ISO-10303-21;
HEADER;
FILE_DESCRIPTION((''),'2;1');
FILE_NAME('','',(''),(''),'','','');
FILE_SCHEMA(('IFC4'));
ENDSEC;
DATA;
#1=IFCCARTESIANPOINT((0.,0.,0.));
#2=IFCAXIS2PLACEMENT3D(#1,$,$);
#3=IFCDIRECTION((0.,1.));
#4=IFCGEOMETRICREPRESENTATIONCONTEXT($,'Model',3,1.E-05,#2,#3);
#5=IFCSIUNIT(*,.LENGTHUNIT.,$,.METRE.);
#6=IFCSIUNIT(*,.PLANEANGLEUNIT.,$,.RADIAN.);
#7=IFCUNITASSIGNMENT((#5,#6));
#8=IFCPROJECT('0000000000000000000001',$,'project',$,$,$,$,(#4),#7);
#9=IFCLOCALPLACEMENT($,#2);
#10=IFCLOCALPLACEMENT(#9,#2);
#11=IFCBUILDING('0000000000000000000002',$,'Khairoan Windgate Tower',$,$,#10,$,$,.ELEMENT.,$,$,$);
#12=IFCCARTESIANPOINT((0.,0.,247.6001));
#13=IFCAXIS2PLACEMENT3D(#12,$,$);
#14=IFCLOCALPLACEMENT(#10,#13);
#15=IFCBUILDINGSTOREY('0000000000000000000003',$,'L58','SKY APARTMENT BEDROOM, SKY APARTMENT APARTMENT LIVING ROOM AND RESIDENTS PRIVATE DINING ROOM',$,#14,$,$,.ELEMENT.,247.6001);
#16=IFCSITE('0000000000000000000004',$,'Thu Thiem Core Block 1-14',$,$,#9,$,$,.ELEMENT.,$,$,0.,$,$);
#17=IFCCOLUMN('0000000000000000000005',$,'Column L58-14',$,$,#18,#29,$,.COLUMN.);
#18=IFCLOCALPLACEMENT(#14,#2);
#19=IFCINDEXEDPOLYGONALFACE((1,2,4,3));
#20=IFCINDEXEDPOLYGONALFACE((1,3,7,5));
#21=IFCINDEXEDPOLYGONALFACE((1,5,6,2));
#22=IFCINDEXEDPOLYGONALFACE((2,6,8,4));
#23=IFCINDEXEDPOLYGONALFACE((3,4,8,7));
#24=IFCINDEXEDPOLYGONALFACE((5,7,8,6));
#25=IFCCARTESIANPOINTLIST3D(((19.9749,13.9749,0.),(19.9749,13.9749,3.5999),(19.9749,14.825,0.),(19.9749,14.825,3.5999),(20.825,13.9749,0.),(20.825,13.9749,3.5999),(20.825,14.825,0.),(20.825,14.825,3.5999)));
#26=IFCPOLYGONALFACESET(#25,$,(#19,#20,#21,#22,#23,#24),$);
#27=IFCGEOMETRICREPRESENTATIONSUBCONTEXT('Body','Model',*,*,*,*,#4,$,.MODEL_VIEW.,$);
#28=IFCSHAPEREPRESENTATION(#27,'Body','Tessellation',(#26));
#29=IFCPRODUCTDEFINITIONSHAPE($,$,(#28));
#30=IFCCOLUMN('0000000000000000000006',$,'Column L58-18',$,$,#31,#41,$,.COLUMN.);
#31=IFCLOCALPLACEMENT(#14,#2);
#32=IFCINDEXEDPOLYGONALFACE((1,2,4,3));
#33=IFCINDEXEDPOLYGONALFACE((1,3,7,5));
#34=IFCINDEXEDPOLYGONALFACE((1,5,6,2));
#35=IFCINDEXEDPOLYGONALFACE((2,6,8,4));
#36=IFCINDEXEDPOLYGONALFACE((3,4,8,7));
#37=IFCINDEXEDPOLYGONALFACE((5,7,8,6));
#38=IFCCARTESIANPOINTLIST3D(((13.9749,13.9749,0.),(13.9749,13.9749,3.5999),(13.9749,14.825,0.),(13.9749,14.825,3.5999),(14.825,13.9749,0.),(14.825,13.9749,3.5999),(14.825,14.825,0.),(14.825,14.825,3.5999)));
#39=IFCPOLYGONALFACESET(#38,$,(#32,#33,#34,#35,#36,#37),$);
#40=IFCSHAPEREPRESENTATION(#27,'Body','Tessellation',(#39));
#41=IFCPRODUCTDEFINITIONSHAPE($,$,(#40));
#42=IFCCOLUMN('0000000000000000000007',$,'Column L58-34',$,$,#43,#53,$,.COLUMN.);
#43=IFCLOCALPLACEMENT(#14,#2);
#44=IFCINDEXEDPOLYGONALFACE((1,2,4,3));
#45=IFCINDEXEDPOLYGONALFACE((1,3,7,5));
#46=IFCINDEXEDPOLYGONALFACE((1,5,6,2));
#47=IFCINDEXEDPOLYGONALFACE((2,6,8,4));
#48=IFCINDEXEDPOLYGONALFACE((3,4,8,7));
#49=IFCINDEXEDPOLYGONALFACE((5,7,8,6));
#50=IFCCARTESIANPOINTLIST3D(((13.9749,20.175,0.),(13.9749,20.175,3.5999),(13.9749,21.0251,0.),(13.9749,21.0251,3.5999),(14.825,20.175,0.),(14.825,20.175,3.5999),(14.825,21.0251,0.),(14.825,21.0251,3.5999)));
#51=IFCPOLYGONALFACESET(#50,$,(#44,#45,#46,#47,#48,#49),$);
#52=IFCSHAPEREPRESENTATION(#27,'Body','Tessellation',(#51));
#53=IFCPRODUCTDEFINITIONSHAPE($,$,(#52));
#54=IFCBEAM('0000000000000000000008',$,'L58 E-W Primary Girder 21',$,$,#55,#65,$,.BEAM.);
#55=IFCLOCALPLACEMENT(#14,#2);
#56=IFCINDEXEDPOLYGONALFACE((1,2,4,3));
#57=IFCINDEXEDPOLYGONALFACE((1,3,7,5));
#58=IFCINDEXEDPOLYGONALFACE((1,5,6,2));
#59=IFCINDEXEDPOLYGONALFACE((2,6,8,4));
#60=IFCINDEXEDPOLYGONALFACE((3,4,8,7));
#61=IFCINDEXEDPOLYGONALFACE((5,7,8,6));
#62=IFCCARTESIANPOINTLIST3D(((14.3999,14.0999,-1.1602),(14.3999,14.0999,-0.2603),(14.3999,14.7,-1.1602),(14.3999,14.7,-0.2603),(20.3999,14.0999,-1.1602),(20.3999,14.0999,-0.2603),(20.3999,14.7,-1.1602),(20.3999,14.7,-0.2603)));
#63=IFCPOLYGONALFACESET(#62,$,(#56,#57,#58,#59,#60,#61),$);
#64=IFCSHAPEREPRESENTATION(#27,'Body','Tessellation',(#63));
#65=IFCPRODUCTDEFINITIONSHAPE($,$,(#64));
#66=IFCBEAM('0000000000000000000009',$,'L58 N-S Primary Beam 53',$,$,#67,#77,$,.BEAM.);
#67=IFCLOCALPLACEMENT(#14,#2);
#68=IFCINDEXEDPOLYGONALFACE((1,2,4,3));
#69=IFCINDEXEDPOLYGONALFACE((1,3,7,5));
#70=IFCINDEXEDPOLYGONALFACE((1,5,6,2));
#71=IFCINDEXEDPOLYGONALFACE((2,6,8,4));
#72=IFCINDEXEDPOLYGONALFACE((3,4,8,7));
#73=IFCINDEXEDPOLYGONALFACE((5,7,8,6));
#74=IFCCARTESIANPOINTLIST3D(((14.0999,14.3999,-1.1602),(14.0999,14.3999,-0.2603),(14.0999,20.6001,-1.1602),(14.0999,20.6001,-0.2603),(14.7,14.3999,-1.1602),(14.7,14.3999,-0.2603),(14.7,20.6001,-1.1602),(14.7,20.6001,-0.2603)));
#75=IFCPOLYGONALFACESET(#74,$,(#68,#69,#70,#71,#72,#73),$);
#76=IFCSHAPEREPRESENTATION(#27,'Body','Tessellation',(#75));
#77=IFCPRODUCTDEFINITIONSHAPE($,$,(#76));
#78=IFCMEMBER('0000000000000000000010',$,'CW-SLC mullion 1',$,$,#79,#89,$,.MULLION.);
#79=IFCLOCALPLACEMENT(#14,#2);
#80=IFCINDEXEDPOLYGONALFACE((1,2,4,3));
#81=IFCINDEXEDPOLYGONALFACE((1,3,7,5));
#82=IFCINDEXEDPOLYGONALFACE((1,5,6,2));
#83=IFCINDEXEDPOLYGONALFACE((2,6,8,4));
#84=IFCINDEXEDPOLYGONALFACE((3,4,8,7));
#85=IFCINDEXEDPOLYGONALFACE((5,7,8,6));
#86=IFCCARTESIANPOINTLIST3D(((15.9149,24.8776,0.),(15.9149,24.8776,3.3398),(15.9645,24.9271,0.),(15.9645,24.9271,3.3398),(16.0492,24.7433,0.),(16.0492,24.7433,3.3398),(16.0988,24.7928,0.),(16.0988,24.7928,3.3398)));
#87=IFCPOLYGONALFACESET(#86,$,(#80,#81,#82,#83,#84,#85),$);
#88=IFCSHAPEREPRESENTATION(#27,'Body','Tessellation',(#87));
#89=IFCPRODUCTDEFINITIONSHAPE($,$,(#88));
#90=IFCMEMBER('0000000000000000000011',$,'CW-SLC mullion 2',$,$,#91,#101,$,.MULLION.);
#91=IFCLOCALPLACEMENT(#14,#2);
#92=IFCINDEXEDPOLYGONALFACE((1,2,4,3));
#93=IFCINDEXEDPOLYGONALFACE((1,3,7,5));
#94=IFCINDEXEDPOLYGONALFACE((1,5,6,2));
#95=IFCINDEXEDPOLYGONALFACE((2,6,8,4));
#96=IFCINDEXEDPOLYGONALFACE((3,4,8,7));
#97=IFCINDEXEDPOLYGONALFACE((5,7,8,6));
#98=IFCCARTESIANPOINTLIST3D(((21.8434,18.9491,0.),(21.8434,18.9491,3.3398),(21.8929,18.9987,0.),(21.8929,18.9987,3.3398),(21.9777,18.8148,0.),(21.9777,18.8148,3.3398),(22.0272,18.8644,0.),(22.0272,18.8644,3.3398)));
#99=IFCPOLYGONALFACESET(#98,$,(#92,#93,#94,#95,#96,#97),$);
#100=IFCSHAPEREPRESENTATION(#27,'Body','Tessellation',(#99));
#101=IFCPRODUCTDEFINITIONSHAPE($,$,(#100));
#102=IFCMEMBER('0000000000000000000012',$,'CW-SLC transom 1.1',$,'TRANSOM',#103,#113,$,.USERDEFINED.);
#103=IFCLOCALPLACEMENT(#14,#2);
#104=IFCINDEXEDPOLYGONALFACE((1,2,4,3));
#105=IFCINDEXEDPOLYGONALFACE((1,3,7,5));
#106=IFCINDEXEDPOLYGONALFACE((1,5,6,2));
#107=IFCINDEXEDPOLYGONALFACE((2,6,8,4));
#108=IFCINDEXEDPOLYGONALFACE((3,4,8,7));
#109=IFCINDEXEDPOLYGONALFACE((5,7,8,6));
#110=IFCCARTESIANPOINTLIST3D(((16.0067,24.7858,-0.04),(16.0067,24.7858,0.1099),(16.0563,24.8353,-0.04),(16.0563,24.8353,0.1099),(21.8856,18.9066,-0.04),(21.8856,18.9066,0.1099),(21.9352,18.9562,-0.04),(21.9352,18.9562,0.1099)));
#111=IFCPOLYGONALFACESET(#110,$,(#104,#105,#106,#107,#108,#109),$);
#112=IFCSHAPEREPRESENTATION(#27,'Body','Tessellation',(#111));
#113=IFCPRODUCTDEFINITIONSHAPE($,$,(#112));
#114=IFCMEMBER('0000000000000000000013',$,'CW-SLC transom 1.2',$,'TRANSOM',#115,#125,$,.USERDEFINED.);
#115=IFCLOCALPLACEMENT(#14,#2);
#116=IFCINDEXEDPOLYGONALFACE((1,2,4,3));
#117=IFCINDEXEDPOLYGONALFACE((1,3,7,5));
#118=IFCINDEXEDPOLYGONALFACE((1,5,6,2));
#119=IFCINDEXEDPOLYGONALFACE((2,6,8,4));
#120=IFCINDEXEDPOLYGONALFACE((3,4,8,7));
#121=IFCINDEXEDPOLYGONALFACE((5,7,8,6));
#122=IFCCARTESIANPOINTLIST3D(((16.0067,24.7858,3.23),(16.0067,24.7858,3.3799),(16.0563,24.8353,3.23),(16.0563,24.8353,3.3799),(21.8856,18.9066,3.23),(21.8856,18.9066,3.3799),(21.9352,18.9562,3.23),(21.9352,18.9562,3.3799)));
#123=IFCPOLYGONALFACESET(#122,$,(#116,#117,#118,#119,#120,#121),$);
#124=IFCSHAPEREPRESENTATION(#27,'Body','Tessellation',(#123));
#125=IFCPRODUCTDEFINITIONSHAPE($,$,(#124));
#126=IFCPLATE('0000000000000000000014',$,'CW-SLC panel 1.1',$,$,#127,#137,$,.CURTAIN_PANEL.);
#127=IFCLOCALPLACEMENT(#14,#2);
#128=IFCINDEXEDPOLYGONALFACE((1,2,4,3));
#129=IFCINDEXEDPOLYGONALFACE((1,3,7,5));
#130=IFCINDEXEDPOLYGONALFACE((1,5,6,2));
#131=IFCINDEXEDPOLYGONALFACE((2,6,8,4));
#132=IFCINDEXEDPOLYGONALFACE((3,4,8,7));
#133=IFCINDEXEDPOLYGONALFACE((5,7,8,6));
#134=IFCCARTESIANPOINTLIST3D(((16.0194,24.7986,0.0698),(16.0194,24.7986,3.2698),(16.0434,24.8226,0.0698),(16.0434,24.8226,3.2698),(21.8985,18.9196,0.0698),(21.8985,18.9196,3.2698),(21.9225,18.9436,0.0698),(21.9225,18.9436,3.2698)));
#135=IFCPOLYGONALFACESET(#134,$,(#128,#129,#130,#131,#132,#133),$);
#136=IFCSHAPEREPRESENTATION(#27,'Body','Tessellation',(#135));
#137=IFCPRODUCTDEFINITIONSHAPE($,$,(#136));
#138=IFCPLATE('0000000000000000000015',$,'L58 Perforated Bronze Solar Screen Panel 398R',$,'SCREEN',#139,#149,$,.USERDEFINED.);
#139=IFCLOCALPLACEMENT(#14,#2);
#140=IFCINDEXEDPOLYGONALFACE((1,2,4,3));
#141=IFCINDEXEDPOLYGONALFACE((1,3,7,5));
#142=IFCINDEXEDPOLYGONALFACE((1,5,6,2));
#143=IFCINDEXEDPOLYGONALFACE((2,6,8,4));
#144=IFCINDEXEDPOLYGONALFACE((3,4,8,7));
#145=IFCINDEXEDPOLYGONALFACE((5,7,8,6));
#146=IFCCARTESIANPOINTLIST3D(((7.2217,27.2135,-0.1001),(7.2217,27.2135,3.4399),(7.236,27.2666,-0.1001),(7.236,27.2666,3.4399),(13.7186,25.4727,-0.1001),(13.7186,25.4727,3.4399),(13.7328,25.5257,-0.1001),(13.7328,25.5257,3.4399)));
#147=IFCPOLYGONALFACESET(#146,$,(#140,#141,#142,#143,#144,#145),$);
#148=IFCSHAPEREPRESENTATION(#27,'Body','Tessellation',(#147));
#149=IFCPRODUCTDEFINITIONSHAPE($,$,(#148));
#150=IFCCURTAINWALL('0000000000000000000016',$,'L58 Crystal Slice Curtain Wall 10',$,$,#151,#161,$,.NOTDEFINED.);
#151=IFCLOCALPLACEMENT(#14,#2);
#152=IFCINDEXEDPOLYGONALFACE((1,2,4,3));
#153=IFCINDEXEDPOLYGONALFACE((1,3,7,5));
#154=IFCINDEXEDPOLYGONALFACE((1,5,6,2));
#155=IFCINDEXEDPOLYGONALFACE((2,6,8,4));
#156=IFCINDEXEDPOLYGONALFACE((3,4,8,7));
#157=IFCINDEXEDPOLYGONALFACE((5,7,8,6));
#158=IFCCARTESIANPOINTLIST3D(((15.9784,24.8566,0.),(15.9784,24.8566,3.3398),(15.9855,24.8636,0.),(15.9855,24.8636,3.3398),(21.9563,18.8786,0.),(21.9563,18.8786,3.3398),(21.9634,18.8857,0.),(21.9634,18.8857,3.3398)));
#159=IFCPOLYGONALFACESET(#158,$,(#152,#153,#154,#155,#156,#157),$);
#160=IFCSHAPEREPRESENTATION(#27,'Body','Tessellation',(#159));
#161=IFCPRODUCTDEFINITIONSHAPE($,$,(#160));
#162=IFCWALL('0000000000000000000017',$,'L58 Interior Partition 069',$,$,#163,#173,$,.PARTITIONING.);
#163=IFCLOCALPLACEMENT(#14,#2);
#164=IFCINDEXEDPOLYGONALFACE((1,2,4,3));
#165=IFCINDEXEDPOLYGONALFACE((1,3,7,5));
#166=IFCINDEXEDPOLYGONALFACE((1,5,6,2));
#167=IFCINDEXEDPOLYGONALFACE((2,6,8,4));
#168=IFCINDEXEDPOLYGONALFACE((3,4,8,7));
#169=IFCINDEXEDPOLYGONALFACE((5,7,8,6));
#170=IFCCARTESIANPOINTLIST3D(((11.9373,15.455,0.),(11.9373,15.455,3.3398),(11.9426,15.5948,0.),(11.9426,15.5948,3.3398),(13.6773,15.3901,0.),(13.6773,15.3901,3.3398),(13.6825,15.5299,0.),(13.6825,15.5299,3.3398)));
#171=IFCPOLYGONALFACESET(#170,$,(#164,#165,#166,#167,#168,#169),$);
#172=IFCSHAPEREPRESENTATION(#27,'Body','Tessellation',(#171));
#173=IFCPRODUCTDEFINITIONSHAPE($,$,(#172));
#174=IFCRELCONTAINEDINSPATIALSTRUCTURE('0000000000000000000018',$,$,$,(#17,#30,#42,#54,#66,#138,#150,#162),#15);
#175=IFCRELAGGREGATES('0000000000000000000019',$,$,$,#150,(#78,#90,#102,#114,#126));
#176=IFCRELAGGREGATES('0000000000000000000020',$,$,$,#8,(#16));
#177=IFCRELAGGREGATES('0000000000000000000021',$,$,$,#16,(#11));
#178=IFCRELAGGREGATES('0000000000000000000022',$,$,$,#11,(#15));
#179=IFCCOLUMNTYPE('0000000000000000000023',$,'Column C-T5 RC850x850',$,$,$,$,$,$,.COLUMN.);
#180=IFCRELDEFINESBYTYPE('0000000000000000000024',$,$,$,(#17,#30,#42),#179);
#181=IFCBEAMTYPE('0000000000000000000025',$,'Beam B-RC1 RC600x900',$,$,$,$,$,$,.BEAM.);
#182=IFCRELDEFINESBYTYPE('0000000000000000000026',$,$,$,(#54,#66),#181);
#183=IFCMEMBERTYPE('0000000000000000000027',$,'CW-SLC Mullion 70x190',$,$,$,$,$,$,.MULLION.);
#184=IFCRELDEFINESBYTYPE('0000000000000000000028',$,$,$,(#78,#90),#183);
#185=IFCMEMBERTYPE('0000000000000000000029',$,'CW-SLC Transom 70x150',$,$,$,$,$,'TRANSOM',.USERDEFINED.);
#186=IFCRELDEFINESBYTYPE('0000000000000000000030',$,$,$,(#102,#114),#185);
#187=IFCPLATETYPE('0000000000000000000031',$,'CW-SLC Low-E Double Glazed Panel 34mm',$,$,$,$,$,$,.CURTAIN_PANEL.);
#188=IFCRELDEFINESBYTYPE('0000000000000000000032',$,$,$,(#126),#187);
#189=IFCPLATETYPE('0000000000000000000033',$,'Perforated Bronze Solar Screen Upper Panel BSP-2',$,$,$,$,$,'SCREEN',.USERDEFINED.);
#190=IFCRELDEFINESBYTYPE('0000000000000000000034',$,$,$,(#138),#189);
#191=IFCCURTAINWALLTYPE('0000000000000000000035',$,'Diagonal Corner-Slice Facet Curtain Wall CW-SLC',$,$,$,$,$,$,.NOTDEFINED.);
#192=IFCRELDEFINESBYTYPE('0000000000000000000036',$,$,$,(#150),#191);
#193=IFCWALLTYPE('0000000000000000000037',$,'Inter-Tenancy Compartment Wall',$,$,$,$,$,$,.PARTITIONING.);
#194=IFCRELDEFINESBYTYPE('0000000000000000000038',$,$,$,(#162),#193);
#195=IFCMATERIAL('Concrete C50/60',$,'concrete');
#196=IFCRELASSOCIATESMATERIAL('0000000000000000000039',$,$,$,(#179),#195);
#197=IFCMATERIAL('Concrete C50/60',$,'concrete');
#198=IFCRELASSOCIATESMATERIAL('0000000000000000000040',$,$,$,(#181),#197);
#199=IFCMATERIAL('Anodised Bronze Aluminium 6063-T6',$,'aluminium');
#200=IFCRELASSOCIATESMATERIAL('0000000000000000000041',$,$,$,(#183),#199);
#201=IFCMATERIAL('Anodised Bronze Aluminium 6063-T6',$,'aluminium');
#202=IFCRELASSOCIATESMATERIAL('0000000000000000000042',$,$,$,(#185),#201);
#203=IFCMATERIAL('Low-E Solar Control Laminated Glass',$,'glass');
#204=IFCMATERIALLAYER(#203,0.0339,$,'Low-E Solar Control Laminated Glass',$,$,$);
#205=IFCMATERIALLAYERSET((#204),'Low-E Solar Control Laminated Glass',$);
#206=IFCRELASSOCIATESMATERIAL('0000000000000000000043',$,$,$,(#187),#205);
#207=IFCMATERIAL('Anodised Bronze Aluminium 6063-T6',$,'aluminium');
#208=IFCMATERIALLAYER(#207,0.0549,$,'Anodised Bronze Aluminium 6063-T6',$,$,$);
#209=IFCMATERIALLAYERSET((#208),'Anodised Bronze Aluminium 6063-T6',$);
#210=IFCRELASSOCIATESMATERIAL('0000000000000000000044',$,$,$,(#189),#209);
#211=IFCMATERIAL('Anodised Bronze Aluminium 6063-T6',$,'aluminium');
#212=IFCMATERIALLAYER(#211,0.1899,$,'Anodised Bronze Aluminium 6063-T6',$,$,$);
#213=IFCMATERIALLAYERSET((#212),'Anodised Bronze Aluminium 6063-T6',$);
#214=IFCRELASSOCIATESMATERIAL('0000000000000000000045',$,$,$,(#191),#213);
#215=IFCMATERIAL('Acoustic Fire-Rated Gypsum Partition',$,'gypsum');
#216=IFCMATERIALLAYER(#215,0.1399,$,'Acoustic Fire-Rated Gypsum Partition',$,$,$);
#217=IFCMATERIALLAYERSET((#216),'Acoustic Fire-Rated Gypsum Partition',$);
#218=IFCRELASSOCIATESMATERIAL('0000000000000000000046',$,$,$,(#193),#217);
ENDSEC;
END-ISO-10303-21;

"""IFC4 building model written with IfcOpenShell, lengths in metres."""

from ifc_helpers import new_model, si_unit, direction, frame, frame_2d, origin, origin_2d, place, context, subcontext, project, spatial, rectangle, extrude, material, layer, layer_set, material_profile, profile_set, type_object, element, aggregate, save


model = new_model("IFC4")

# Units and contexts
model_context = context("Model", 3, precision=1e-05, world=origin(), true_north=direction((0.0, 1.0)))
body_context = subcontext(model_context, "Body", "Model", "MODEL_VIEW")
ifc_project = project(units=[si_unit("LENGTHUNIT", "METRE"), si_unit("PLANEANGLEUNIT", "RADIAN")], contexts=[model_context])

# Site, building, storey
site_placement = place(None, origin())
site = spatial("IfcSite", under=ifc_project, at=site_placement, Name="Thu Thiem Core Block 1-14", CompositionType="ELEMENT", RefElevation=0.0)
building_placement = place(site_placement, origin())
building = spatial("IfcBuilding", under=site, at=building_placement, Name="Khairoan Windgate Tower", CompositionType="ELEMENT")
storey_placement = place(building_placement, frame((0.0, 0.0, 247.6001)))
storey = spatial("IfcBuildingStorey", under=building, at=storey_placement, Name="L58", Description="SKY APARTMENT BEDROOM, SKY APARTMENT APARTMENT LIVING ROOM AND RESIDENTS PRIVATE DINING ROOM", CompositionType="ELEMENT", Elevation=247.6001)

# Columns
ifc_material_1 = material(Name="Concrete C50/60", Category="concrete")
ifc_material_profile_1 = material_profile(ifc_material_1, rectangle(XDim=0.8501, YDim=0.8501, at=origin_2d()))
ifc_profile_set_1 = profile_set([ifc_material_profile_1], Name="Concrete C50/60")
column_type = type_object("IfcColumnType", Name="Column C-T5 RC850x850", PredefinedType="COLUMN", material=ifc_profile_set_1)
for number, where, z_axis, x_axis, name in (
    (1, (20.3999, 14.3999, 0.0), (0.0, 0.0, 1.0), (1.0, 0.0, 0.0), "Column L58-14"),
    (2, (14.3999, 14.3999, 0.0), (0.0, 0.0, 1.0), (1.0, 0.0, 0.0), "Column L58-18"),
    (3, (14.3999, 20.6001, 0.0), (0.0, 0.0, 1.0), (1.0, 0.0, 0.0), "Column L58-34"),
):
    element("IfcColumn", number, at=place(storey_placement, frame(where, z_axis=z_axis, x_axis=x_axis)), inside=storey, type_object=column_type, Name=name, PredefinedType="COLUMN", context=body_context, shape_type="SweptSolid", body=[
        extrude(rectangle(XDim=0.8501, YDim=0.8501, at=origin_2d()), origin(), (0.0, 0.0, 1.0), 3.5999),
    ])

# Beams
ifc_material_2 = material(Name="Concrete C50/60", Category="concrete")
ifc_material_profile_2 = material_profile(ifc_material_2, rectangle(XDim=0.6001, YDim=0.8999, at=origin_2d()))
ifc_profile_set_2 = profile_set([ifc_material_profile_2], Name="Concrete C50/60")
beam_type = type_object("IfcBeamType", Name="Beam B-RC1 RC600x900", PredefinedType="BEAM", material=ifc_profile_set_2)
beam_1_placement = place(storey_placement, frame((14.3999, 14.3999, -0.7102), z_axis=(1.0, 0.0, 0.0), x_axis=(0.0, 1.0, 0.0)))
element("IfcBeam", 4, at=beam_1_placement, inside=storey, type_object=beam_type, Name="L58 E-W Primary Girder 21", PredefinedType="BEAM", context=body_context, shape_type="SweptSolid", body=[
    extrude(rectangle(XDim=0.6001, YDim=0.8999, at=origin_2d()), origin(), (0.0, 0.0, 1.0), 6.0),
])
beam_2_placement = place(storey_placement, frame((14.3999, 14.3999, -0.7102), z_axis=(0.0, 1.0, 0.0), x_axis=(-1.0, 0.0, 0.0)))
element("IfcBeam", 5, at=beam_2_placement, inside=storey, type_object=beam_type, Name="L58 N-S Primary Beam 53", PredefinedType="BEAM", context=body_context, shape_type="SweptSolid", body=[
    extrude(rectangle(XDim=0.6001, YDim=0.8999, at=origin_2d()), origin(), (0.0, 0.0, 1.0), 6.2002),
])

# Members
ifc_material_3 = material(Name="Anodised Bronze Aluminium 6063-T6", Category="aluminium")
ifc_material_profile_3 = material_profile(ifc_material_3, rectangle(XDim=0.0701, YDim=0.1899, at=origin_2d()))
ifc_profile_set_3 = profile_set([ifc_material_profile_3], Name="Anodised Bronze Aluminium 6063-T6")
member_type_1 = type_object("IfcMemberType", Name="CW-SLC Mullion 70x190", PredefinedType="MULLION", material=ifc_profile_set_3)
member_1_placement = place(storey_placement, frame((16.0068, 24.8352, 0.0), z_axis=(0.0, 0.0, 1.0), x_axis=(0.707107, 0.707107, 0.0)))
member_1 = element("IfcMember", 6, at=member_1_placement, type_object=member_type_1, Name="CW-SLC mullion 1", PredefinedType="MULLION", context=body_context, shape_type="SweptSolid", body=[
    extrude(rectangle(XDim=0.0701, YDim=0.1899, at=origin_2d()), origin(), (0.0, 0.0, 1.0), 3.3398),
])
member_2_placement = place(storey_placement, frame((21.9353, 18.9067, 0.0), z_axis=(0.0, 0.0, 1.0), x_axis=(0.707107, 0.707107, 0.0)))
member_2 = element("IfcMember", 7, at=member_2_placement, type_object=member_type_1, Name="CW-SLC mullion 2", PredefinedType="MULLION", context=body_context, shape_type="SweptSolid", body=[
    extrude(rectangle(XDim=0.0701, YDim=0.1899, at=origin_2d()), origin(), (0.0, 0.0, 1.0), 3.3398),
])
ifc_material_4 = material(Name="Anodised Bronze Aluminium 6063-T6", Category="aluminium")
ifc_material_profile_4 = material_profile(ifc_material_4, rectangle(XDim=0.0701, YDim=0.1499, at=origin_2d()))
ifc_profile_set_4 = profile_set([ifc_material_profile_4], Name="Anodised Bronze Aluminium 6063-T6")
member_type_2 = type_object("IfcMemberType", Name="CW-SLC Transom 70x150", ElementType="TRANSOM", PredefinedType="USERDEFINED", material=ifc_profile_set_4)
member_3_placement = place(storey_placement, frame((16.0315, 24.8105, 0.0349), z_axis=(0.707092, -0.707121, 0.0), x_axis=(0.707121, 0.707092, 0.0)))
member_3 = element("IfcMember", 8, at=member_3_placement, type_object=member_type_2, Name="CW-SLC transom 1.1", ObjectType="TRANSOM", PredefinedType="USERDEFINED", context=body_context, shape_type="SweptSolid", body=[
    extrude(rectangle(XDim=0.0701, YDim=0.1499, at=origin_2d()), origin(), (0.0, 0.0, 1.0), 8.3142),
])
member_4_placement = place(storey_placement, frame((16.0315, 24.8105, 3.3049), z_axis=(0.707092, -0.707121, 0.0), x_axis=(0.707121, 0.707092, 0.0)))
member_4 = element("IfcMember", 9, at=member_4_placement, type_object=member_type_2, Name="CW-SLC transom 1.2", ObjectType="TRANSOM", PredefinedType="USERDEFINED", context=body_context, shape_type="SweptSolid", body=[
    extrude(rectangle(XDim=0.0701, YDim=0.1499, at=origin_2d()), origin(), (0.0, 0.0, 1.0), 8.3142),
])

# Plates
ifc_material_5 = material(Name="Low-E Solar Control Laminated Glass", Category="glass")
ifc_layer_1 = layer(ifc_material_5, 0.0339, Name="Low-E Solar Control Laminated Glass")
ifc_layer_set_1 = layer_set([ifc_layer_1], Name="Low-E Solar Control Laminated Glass")
plate_type_1 = type_object("IfcPlateType", Name="CW-SLC Low-E Double Glazed Panel 34mm", PredefinedType="CURTAIN_PANEL", material=ifc_layer_set_1)
plate_1_placement = place(storey_placement, frame((18.9709, 21.8711, 0.0698), z_axis=(0.0, 0.0, 1.0), x_axis=(0.707107, -0.707107, 0.0)))
plate_1 = element("IfcPlate", 10, at=plate_1_placement, type_object=plate_type_1, Name="CW-SLC panel 1.1", PredefinedType="CURTAIN_PANEL", context=body_context, shape_type="SweptSolid", body=[
    extrude(rectangle(XDim=8.3142, YDim=0.0339, at=origin_2d()), origin(), (0.0, 0.0, 1.0), 3.2),
])
ifc_material_6 = material(Name="Anodised Bronze Aluminium 6063-T6", Category="aluminium")
ifc_layer_2 = layer(ifc_material_6, 0.0549, Name="Anodised Bronze Aluminium 6063-T6")
ifc_layer_set_2 = layer_set([ifc_layer_2], Name="Anodised Bronze Aluminium 6063-T6")
plate_type_2 = type_object("IfcPlateType", Name="Perforated Bronze Solar Screen Upper Panel BSP-2", ElementType="SCREEN", PredefinedType="USERDEFINED", material=ifc_layer_set_2)
plate_2_placement = place(storey_placement, frame((10.4773, 26.3696, -0.1001), z_axis=(0.0, 0.0, 1.0), x_axis=(0.965926, -0.258819, 0.0)))
element("IfcPlate", 11, at=plate_2_placement, inside=storey, type_object=plate_type_2, Name="L58 Perforated Bronze Solar Screen Panel 398R", ObjectType="SCREEN", PredefinedType="USERDEFINED", context=body_context, shape_type="SweptSolid", body=[
    extrude(rectangle(XDim=6.7261, YDim=0.0549, at=origin_2d()), origin(), (0.0, 0.0, 1.0), 3.54),
])

# Curtain wall
ifc_material_7 = material(Name="Anodised Bronze Aluminium 6063-T6", Category="aluminium")
ifc_layer_3 = layer(ifc_material_7, 0.1899, Name="Anodised Bronze Aluminium 6063-T6")
ifc_layer_set_3 = layer_set([ifc_layer_3], Name="Anodised Bronze Aluminium 6063-T6")
curtain_wall_type_1 = type_object("IfcCurtainWallType", Name="Diagonal Corner-Slice Facet Curtain Wall CW-SLC", PredefinedType="NOTDEFINED", material=ifc_layer_set_3)
curtain_wall_1_placement = place(storey_placement, frame((15.9819, 24.8601, 0.0), z_axis=(0.0, 0.0, 1.0), x_axis=(0.707107, -0.707107, 0.0)))
curtain_wall_1 = element("IfcCurtainWall", 12, at=curtain_wall_1_placement, inside=storey, type_object=curtain_wall_type_1, Name="L58 Crystal Slice Curtain Wall 10", PredefinedType="NOTDEFINED", context=body_context, shape_type="SweptSolid", body=[
    extrude(rectangle(XDim=8.4541, YDim=0.01, at=frame_2d((4.2271, 0.0))), origin(), (0.0, 0.0, 1.0), 3.3398),
])
aggregate(curtain_wall_1, [member_1, member_2, member_3, member_4, plate_1])

# Wall
ifc_material_8 = material(Name="Acoustic Fire-Rated Gypsum Partition", Category="gypsum")
ifc_layer_4 = layer(ifc_material_8, 0.1399, Name="Acoustic Fire-Rated Gypsum Partition")
ifc_layer_set_4 = layer_set([ifc_layer_4], Name="Acoustic Fire-Rated Gypsum Partition")
wall_type_1 = type_object("IfcWallType", Name="Inter-Tenancy Compartment Wall", PredefinedType="PARTITIONING", material=ifc_layer_set_4)
wall_1_placement = place(storey_placement, frame((11.9399, 15.5249, 0.0), z_axis=(0.0, 0.0, 1.0), x_axis=(0.999304, -0.037297, 0.0)))
element("IfcWall", 13, at=wall_1_placement, inside=storey, type_object=wall_type_1, Name="L58 Interior Partition 069", PredefinedType="PARTITIONING", context=body_context, shape_type="SweptSolid", body=[
    extrude(rectangle(XDim=1.7412, YDim=0.1399, at=frame_2d((0.8706, 0.0))), origin(), (0.0, 0.0, 1.0), 3.3398),
])

save(model, "model.ifc")
